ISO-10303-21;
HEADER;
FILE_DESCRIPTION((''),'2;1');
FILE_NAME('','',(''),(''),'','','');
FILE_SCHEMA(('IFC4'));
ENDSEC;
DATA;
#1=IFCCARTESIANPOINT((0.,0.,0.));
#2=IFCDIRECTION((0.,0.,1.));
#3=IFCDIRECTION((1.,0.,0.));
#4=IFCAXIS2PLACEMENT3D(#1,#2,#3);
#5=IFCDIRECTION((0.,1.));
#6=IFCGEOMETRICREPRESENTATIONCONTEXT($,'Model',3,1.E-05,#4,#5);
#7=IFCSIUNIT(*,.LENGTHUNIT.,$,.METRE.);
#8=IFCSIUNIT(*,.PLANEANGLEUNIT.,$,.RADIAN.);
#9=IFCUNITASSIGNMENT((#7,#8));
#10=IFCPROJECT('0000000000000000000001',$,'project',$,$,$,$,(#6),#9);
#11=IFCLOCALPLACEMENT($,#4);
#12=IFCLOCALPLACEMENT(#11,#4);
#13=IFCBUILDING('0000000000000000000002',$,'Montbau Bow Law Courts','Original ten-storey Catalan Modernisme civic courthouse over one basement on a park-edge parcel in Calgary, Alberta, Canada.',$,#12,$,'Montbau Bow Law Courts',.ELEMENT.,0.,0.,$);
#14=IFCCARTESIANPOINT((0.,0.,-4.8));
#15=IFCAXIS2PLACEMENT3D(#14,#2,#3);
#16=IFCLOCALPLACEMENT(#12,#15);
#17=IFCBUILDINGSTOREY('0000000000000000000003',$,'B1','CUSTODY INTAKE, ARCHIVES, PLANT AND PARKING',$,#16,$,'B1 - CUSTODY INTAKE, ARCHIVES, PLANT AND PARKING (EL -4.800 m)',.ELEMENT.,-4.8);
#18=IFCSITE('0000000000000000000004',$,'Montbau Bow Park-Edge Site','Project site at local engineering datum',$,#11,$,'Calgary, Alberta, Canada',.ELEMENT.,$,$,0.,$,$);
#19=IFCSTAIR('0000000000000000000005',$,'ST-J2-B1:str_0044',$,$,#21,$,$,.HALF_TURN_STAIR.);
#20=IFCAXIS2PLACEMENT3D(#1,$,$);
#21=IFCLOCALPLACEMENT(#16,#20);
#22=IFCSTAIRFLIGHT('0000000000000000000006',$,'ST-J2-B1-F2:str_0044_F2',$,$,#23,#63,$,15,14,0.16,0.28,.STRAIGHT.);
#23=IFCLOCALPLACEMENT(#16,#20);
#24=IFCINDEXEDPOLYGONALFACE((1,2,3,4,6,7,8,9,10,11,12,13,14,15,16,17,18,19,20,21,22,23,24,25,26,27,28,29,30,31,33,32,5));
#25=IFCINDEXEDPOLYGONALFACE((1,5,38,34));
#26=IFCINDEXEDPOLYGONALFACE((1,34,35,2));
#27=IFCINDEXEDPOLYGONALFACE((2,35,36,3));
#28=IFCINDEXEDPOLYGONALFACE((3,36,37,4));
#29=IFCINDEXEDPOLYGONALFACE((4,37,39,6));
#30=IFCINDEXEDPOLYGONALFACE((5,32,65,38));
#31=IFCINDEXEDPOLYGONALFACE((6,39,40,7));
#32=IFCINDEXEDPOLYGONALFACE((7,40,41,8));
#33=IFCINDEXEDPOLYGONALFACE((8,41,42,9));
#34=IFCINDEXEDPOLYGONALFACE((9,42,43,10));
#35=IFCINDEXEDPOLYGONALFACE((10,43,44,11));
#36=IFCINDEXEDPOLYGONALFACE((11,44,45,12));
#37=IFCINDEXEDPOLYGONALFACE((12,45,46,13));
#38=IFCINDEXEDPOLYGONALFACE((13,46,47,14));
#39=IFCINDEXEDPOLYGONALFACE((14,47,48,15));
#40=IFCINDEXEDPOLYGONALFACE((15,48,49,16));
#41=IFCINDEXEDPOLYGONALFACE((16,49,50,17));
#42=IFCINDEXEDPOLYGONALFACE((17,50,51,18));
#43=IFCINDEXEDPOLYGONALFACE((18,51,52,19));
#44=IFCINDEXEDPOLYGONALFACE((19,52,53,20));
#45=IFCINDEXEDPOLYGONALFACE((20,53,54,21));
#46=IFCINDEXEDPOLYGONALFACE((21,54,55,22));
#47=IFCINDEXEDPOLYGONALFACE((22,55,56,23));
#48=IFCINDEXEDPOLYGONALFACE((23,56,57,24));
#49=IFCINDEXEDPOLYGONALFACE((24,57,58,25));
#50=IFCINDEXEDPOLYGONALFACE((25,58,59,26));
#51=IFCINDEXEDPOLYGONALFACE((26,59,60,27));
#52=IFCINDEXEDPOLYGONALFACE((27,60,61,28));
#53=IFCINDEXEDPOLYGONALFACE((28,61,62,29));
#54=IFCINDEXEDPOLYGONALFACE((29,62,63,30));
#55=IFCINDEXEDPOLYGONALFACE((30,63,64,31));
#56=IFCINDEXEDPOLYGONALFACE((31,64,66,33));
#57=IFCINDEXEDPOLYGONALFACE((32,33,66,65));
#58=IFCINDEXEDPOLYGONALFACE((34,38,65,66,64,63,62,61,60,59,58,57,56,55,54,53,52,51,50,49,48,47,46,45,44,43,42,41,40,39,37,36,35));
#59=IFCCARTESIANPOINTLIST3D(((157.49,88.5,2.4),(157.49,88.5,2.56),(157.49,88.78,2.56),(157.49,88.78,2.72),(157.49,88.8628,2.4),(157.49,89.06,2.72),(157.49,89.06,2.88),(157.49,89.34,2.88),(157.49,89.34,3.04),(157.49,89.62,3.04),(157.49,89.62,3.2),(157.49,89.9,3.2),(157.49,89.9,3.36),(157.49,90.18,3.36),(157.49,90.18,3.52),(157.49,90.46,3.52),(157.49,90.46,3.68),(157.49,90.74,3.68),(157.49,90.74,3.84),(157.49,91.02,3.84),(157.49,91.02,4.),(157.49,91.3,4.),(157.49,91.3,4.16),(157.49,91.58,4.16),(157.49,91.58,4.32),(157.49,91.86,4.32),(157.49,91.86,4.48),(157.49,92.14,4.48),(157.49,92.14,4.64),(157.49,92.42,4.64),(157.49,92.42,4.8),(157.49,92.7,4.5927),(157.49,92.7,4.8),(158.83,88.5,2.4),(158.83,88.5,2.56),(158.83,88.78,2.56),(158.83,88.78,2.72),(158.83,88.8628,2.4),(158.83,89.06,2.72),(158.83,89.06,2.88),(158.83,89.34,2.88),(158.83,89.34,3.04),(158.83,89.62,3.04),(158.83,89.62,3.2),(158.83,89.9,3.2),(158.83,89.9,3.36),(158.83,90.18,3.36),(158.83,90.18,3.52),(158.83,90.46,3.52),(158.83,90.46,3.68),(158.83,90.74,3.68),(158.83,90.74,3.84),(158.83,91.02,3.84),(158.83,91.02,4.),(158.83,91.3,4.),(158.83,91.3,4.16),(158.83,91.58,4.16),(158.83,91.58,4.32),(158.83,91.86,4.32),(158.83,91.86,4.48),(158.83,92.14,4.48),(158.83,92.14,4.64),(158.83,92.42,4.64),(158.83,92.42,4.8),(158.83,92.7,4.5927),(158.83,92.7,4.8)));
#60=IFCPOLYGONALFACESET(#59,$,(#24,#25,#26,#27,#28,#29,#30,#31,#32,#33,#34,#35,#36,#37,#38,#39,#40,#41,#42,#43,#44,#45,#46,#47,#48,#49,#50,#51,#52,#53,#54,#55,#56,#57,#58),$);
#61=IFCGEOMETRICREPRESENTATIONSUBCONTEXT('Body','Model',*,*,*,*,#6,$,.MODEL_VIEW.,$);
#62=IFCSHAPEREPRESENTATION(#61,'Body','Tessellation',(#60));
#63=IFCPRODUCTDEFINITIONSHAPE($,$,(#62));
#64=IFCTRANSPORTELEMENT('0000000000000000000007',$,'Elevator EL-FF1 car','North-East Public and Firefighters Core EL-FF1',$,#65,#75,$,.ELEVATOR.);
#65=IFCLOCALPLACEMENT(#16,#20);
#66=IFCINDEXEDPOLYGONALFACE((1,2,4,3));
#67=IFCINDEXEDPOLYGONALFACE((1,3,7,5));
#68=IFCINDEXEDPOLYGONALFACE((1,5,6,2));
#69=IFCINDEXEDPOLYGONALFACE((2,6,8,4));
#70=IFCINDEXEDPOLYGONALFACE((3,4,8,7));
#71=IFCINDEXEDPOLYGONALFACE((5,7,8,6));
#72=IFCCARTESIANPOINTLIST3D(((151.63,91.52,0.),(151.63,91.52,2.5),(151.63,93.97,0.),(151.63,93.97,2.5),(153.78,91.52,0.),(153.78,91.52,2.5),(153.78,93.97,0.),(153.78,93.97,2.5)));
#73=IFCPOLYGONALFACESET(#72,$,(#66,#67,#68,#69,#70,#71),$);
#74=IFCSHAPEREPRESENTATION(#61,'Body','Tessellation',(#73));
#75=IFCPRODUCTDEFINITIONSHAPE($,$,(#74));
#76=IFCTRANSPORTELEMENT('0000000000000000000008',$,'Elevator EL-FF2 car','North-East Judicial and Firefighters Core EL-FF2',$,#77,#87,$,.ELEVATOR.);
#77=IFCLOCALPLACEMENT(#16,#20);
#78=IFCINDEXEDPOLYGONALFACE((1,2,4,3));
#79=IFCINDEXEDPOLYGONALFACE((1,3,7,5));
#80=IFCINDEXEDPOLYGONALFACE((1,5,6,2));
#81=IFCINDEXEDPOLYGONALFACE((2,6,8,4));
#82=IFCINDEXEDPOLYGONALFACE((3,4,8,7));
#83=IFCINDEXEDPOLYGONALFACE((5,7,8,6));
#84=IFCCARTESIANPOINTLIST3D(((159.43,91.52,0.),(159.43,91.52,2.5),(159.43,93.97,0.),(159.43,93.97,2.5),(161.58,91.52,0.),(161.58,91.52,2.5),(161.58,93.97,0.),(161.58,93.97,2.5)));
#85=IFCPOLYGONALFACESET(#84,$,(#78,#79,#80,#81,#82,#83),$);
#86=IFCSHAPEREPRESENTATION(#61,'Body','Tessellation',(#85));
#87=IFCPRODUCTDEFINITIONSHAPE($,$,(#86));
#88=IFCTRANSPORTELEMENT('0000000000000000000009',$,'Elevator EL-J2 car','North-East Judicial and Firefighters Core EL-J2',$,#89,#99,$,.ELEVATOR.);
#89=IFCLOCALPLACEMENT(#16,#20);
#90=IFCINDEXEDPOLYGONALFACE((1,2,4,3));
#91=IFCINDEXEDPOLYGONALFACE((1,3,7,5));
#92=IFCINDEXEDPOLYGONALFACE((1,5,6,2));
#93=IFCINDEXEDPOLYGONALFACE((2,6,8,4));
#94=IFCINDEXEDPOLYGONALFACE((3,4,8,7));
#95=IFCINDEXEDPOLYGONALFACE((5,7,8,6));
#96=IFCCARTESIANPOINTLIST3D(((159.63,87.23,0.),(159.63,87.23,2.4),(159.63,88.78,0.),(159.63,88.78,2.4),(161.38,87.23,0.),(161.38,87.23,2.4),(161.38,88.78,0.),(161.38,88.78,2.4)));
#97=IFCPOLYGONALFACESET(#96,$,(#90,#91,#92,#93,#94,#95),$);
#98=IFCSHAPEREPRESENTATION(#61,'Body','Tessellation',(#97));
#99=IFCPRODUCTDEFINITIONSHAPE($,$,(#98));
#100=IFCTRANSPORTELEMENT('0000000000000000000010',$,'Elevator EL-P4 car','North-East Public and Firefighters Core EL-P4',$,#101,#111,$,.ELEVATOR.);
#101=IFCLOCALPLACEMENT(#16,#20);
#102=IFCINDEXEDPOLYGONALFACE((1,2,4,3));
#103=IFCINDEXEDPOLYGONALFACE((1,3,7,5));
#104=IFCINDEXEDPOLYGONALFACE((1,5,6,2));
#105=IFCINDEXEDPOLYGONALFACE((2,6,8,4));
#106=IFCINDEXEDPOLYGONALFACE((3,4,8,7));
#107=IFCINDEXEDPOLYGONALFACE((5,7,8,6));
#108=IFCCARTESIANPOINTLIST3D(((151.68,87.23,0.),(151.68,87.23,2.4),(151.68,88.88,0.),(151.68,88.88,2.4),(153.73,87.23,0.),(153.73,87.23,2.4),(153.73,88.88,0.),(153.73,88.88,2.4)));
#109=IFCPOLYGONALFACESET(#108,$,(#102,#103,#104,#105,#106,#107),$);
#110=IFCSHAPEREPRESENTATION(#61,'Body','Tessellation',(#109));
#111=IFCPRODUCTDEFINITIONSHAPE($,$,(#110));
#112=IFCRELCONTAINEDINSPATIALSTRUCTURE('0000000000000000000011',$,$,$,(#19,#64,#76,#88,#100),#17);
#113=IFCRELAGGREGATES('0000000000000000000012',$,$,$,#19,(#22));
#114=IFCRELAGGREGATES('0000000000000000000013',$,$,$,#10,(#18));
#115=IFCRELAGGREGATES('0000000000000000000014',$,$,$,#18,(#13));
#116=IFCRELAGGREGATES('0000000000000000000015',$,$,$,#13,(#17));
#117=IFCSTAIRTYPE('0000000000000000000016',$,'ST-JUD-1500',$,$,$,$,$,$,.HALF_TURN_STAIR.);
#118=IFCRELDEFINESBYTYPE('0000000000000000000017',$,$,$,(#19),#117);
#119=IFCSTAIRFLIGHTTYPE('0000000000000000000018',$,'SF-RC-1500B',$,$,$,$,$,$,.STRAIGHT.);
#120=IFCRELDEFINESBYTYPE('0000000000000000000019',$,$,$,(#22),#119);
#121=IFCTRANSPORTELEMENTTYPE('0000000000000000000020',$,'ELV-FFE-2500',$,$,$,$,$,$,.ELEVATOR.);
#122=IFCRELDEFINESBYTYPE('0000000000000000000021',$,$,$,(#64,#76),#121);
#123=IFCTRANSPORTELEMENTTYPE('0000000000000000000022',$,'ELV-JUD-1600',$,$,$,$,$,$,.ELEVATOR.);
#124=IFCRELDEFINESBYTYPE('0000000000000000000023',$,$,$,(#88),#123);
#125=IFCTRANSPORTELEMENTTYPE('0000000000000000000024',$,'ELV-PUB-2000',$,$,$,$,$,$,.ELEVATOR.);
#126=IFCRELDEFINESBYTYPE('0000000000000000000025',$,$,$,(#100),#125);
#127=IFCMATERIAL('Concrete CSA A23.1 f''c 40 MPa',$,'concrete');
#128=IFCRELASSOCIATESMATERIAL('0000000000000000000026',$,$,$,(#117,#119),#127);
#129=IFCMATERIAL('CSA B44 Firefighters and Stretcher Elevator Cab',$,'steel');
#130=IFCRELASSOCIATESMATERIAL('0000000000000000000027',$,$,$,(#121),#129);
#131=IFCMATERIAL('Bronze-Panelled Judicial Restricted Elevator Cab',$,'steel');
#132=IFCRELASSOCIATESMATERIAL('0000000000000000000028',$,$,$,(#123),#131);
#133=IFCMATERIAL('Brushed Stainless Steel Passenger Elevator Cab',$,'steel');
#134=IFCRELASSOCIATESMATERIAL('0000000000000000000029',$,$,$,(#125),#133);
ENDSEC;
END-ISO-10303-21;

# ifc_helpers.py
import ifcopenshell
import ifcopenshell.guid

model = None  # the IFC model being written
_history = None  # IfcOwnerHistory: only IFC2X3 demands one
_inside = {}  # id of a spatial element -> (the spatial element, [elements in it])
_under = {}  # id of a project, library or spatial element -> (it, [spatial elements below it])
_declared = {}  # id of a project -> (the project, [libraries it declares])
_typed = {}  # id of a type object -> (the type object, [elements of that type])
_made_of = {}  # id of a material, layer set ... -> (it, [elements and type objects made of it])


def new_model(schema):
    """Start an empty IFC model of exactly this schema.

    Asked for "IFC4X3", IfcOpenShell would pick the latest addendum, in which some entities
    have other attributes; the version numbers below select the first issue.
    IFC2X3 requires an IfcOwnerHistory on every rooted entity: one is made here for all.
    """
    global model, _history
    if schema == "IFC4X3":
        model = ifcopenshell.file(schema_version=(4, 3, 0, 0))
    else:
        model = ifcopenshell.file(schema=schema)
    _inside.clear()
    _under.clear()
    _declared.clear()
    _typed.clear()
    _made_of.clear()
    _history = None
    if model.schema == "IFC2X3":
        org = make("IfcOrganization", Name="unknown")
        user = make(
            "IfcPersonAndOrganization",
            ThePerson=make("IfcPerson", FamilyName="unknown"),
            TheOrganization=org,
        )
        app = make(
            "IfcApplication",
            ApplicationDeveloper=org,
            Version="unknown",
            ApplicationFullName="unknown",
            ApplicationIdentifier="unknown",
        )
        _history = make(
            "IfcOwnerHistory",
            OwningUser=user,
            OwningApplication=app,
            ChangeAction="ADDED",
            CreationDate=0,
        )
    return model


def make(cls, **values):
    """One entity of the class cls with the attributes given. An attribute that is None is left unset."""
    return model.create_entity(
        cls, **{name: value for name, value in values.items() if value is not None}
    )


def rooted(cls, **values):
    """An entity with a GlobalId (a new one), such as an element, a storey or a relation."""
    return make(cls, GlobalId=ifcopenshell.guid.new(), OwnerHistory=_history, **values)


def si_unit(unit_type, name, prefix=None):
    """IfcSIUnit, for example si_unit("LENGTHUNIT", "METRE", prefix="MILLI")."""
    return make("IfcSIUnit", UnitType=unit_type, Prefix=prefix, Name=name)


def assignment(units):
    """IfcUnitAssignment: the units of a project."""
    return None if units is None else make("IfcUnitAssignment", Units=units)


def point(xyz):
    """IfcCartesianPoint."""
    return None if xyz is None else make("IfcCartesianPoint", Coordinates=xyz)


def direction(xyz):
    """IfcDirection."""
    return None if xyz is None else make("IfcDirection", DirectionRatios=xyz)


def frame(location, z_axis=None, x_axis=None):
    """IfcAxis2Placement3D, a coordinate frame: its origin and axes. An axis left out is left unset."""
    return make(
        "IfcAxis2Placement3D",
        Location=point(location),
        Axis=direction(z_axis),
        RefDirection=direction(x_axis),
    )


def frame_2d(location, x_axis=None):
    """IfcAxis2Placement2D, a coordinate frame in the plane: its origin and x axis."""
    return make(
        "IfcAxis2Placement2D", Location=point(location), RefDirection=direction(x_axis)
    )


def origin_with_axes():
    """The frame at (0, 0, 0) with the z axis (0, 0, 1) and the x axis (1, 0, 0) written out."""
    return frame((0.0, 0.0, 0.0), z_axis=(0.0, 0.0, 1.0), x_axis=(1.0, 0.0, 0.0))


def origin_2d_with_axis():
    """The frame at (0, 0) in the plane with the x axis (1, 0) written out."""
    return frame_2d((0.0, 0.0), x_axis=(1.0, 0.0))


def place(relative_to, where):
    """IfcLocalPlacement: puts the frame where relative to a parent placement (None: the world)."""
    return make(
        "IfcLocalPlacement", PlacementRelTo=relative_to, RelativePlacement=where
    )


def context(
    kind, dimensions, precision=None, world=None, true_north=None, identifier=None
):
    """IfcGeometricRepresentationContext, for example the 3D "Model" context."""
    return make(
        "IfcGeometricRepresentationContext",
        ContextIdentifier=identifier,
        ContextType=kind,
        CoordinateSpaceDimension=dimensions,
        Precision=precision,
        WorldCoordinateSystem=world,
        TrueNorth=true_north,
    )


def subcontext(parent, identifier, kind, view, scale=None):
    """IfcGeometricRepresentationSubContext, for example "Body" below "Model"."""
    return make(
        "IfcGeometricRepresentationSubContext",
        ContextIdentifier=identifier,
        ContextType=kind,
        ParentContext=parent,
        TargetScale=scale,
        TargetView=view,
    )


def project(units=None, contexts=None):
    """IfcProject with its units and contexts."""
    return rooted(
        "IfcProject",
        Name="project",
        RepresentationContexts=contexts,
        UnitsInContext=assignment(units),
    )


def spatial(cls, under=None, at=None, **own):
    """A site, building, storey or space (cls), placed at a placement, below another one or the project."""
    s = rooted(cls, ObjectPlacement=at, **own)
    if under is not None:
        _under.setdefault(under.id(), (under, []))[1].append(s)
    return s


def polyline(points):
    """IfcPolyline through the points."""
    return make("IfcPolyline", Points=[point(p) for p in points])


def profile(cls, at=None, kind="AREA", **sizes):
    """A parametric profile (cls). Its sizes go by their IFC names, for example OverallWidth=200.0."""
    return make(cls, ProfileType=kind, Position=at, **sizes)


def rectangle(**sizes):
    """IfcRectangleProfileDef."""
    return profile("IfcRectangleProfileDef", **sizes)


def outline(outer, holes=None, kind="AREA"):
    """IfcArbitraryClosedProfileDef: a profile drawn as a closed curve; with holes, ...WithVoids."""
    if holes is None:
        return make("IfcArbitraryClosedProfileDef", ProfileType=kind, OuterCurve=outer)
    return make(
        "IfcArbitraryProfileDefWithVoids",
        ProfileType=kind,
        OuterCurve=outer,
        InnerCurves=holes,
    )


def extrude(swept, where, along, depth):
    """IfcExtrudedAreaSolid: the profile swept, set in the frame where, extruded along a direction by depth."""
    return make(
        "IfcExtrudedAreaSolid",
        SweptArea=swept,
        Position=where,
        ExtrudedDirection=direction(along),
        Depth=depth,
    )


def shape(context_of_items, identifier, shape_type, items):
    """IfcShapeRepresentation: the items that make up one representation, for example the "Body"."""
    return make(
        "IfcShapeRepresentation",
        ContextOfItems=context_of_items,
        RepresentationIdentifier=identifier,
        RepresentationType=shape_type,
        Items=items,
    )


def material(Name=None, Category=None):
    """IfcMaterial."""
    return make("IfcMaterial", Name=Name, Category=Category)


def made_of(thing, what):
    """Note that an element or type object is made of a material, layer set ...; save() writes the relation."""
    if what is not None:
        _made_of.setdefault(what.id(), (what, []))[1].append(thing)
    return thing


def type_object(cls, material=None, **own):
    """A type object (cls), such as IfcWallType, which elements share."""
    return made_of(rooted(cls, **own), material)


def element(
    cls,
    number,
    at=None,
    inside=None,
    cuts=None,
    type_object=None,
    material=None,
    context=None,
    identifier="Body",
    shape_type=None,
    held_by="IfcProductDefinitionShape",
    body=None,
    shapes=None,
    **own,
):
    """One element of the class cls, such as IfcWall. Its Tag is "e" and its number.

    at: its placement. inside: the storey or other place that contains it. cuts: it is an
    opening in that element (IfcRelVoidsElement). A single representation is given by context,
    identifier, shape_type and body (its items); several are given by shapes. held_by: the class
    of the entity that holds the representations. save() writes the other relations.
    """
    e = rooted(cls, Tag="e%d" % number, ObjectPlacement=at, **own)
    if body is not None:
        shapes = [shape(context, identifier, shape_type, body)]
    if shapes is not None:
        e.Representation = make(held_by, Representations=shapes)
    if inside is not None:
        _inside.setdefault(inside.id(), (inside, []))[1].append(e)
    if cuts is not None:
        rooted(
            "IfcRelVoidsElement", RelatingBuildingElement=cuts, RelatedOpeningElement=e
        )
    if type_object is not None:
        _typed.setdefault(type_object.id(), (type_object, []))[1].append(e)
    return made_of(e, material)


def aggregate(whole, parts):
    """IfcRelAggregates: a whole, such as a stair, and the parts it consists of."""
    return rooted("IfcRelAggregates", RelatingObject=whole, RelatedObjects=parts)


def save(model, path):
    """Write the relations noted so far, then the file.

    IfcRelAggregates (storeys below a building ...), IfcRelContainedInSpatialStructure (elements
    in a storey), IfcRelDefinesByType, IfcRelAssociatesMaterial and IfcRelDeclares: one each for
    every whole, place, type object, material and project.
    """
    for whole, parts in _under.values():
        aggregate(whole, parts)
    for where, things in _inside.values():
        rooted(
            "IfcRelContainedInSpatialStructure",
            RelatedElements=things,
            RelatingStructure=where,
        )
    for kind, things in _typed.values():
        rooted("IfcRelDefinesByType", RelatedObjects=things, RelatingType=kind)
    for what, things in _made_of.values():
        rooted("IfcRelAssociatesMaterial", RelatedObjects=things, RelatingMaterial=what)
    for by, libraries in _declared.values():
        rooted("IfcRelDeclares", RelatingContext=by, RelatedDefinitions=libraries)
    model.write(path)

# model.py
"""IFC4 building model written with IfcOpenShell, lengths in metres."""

from ifc_helpers import new_model, si_unit, direction, frame, origin_with_axes, origin_2d_with_axis, place, context, subcontext, project, spatial, polyline, rectangle, outline, extrude, material, type_object, element, aggregate, save


model = new_model("IFC4")

# Units and contexts
model_context = context("Model", 3, precision=1e-05, world=origin_with_axes(), true_north=direction((0.0, 1.0)))
body_context = subcontext(model_context, "Body", "Model", "MODEL_VIEW")
ifc_project = project(units=[si_unit("LENGTHUNIT", "METRE"), si_unit("PLANEANGLEUNIT", "RADIAN")], contexts=[model_context])

# Site, building, storey
site_placement = place(None, origin_with_axes())
site = spatial("IfcSite", under=ifc_project, at=site_placement, Name="Montbau Bow Park-Edge Site", Description="Project site at local engineering datum", LongName="Calgary, Alberta, Canada", CompositionType="ELEMENT", RefElevation=0.0)
building_placement = place(site_placement, origin_with_axes())
building = spatial("IfcBuilding", under=site, at=building_placement, Name="Montbau Bow Law Courts", Description="Original ten-storey Catalan Modernisme civic courthouse over one basement on a park-edge parcel in Calgary, Alberta, Canada.", LongName="Montbau Bow Law Courts", CompositionType="ELEMENT", ElevationOfRefHeight=0.0, ElevationOfTerrain=0.0)
storey_placement = place(building_placement, frame((0.0, 0.0, -4.8), z_axis=(0.0, 0.0, 1.0), x_axis=(1.0, 0.0, 0.0)))
storey = spatial("IfcBuildingStorey", under=building, at=storey_placement, Name="B1", Description="CUSTODY INTAKE, ARCHIVES, PLANT AND PARKING", LongName="B1 - CUSTODY INTAKE, ARCHIVES, PLANT AND PARKING (EL -4.800 m)", CompositionType="ELEMENT", Elevation=-4.8)

# Stair, stair flight
ifc_material_1 = material(Name="Concrete CSA A23.1 f'c 40 MPa", Category="concrete")
stair_type = type_object("IfcStairType", Name="ST-JUD-1500", PredefinedType="HALF_TURN_STAIR", material=ifc_material_1)
stair_placement = place(None, frame((156.29, 92.7, -4.8), z_axis=(0.0, 0.0, 1.0), x_axis=(1.0, 0.0, 0.0)))
stair = element("IfcStair", 1, at=stair_placement, inside=storey, type_object=stair_type, Name="ST-J2-B1:str_0044", PredefinedType="HALF_TURN_STAIR")
stair_flight_type = type_object("IfcStairFlightType", Name="SF-RC-1500B", PredefinedType="STRAIGHT", material=ifc_material_1)
stair_flight_1_placement = place(None, frame((158.16, 88.5, -2.4), z_axis=(0.0, 0.0, 1.0), x_axis=(0.0, 1.0, 0.0)))
stair_flight_1 = element("IfcStairFlight", 2, at=stair_flight_1_placement, type_object=stair_flight_type, Name="ST-J2-B1-F2:str_0044_F2", NumberOfRisers=15, NumberOfTreads=14, PredefinedType="STRAIGHT", RiserHeight=0.16, TreadLength=0.28, context=body_context, shape_type="SweptSolid", body=[
    extrude(outline(polyline([(0.0, 0.0), (0.0, 0.16), (0.28, 0.16), (0.28, 0.32), (0.56, 0.32), (0.56, 0.48), (0.84, 0.48), (0.84, 0.64), (1.12, 0.64), (1.12, 0.8), (1.4, 0.8), (1.4, 0.96), (1.68, 0.96), (1.68, 1.12), (1.96, 1.12), (1.96, 1.28), (2.24, 1.28), (2.24, 1.44), (2.52, 1.44), (2.52, 1.6), (2.8, 1.6), (2.8, 1.76), (3.08, 1.76), (3.08, 1.92), (3.36, 1.92), (3.36, 2.08), (3.64, 2.08), (3.64, 2.24), (3.92, 2.24), (3.92, 2.4), (4.2, 2.4), (4.2, 2.1927), (0.3628, 0.0), (0.0, 0.0)])), frame((0.0, 0.67, 0.0), z_axis=(0.0, -1.0, 0.0), x_axis=(1.0, 0.0, 0.0)), (0.0, 0.0, 1.0), 1.34),
])
aggregate(stair, [stair_flight_1])

# Transport elements
ifc_material_2 = material(Name="CSA B44 Firefighters and Stretcher Elevator Cab", Category="steel")
transport_element_type_1 = type_object("IfcTransportElementType", Name="ELV-FFE-2500", PredefinedType="ELEVATOR", material=ifc_material_2)
for number, where, z_axis, x_axis, name, description in (
    (3, (152.705, 92.745, -4.8), (0.0, 0.0, 1.0), (1.0, 0.0, 0.0), "Elevator EL-FF1 car", "North-East Public and Firefighters Core EL-FF1"),
    (4, (160.505, 92.745, -4.8), (0.0, 0.0, 1.0), (1.0, 0.0, 0.0), "Elevator EL-FF2 car", "North-East Judicial and Firefighters Core EL-FF2"),
):
    element("IfcTransportElement", number, at=place(None, frame(where, z_axis=z_axis, x_axis=x_axis)), inside=storey, type_object=transport_element_type_1, Name=name, Description=description, PredefinedType="ELEVATOR", context=body_context, shape_type="SweptSolid", body=[
        extrude(rectangle(XDim=2.15, YDim=2.45, at=origin_2d_with_axis()), origin_with_axes(), (0.0, 0.0, 1.0), 2.5),
    ])
ifc_material_3 = material(Name="Bronze-Panelled Judicial Restricted Elevator Cab", Category="steel")
transport_element_type_2 = type_object("IfcTransportElementType", Name="ELV-JUD-1600", PredefinedType="ELEVATOR", material=ifc_material_3)
transport_element_1_placement = place(None, frame((160.505, 88.005, -4.8), z_axis=(0.0, 0.0, 1.0), x_axis=(1.0, 0.0, 0.0)))
element("IfcTransportElement", 5, at=transport_element_1_placement, inside=storey, type_object=transport_element_type_2, Name="Elevator EL-J2 car", Description="North-East Judicial and Firefighters Core EL-J2", PredefinedType="ELEVATOR", context=body_context, shape_type="SweptSolid", body=[
    extrude(rectangle(XDim=1.75, YDim=1.55, at=origin_2d_with_axis()), origin_with_axes(), (0.0, 0.0, 1.0), 2.4),
])
ifc_material_4 = material(Name="Brushed Stainless Steel Passenger Elevator Cab", Category="steel")
transport_element_type_3 = type_object("IfcTransportElementType", Name="ELV-PUB-2000", PredefinedType="ELEVATOR", material=ifc_material_4)
transport_element_2_placement = place(None, frame((152.705, 88.055, -4.8), z_axis=(0.0, 0.0, 1.0), x_axis=(1.0, 0.0, 0.0)))
element("IfcTransportElement", 6, at=transport_element_2_placement, inside=storey, type_object=transport_element_type_3, Name="Elevator EL-P4 car", Description="North-East Public and Firefighters Core EL-P4", PredefinedType="ELEVATOR", context=body_context, shape_type="SweptSolid", body=[
    extrude(rectangle(XDim=2.05, YDim=1.65, at=origin_2d_with_axis()), origin_with_axes(), (0.0, 0.0, 1.0), 2.4),
])

save(model, "model.ifc")
